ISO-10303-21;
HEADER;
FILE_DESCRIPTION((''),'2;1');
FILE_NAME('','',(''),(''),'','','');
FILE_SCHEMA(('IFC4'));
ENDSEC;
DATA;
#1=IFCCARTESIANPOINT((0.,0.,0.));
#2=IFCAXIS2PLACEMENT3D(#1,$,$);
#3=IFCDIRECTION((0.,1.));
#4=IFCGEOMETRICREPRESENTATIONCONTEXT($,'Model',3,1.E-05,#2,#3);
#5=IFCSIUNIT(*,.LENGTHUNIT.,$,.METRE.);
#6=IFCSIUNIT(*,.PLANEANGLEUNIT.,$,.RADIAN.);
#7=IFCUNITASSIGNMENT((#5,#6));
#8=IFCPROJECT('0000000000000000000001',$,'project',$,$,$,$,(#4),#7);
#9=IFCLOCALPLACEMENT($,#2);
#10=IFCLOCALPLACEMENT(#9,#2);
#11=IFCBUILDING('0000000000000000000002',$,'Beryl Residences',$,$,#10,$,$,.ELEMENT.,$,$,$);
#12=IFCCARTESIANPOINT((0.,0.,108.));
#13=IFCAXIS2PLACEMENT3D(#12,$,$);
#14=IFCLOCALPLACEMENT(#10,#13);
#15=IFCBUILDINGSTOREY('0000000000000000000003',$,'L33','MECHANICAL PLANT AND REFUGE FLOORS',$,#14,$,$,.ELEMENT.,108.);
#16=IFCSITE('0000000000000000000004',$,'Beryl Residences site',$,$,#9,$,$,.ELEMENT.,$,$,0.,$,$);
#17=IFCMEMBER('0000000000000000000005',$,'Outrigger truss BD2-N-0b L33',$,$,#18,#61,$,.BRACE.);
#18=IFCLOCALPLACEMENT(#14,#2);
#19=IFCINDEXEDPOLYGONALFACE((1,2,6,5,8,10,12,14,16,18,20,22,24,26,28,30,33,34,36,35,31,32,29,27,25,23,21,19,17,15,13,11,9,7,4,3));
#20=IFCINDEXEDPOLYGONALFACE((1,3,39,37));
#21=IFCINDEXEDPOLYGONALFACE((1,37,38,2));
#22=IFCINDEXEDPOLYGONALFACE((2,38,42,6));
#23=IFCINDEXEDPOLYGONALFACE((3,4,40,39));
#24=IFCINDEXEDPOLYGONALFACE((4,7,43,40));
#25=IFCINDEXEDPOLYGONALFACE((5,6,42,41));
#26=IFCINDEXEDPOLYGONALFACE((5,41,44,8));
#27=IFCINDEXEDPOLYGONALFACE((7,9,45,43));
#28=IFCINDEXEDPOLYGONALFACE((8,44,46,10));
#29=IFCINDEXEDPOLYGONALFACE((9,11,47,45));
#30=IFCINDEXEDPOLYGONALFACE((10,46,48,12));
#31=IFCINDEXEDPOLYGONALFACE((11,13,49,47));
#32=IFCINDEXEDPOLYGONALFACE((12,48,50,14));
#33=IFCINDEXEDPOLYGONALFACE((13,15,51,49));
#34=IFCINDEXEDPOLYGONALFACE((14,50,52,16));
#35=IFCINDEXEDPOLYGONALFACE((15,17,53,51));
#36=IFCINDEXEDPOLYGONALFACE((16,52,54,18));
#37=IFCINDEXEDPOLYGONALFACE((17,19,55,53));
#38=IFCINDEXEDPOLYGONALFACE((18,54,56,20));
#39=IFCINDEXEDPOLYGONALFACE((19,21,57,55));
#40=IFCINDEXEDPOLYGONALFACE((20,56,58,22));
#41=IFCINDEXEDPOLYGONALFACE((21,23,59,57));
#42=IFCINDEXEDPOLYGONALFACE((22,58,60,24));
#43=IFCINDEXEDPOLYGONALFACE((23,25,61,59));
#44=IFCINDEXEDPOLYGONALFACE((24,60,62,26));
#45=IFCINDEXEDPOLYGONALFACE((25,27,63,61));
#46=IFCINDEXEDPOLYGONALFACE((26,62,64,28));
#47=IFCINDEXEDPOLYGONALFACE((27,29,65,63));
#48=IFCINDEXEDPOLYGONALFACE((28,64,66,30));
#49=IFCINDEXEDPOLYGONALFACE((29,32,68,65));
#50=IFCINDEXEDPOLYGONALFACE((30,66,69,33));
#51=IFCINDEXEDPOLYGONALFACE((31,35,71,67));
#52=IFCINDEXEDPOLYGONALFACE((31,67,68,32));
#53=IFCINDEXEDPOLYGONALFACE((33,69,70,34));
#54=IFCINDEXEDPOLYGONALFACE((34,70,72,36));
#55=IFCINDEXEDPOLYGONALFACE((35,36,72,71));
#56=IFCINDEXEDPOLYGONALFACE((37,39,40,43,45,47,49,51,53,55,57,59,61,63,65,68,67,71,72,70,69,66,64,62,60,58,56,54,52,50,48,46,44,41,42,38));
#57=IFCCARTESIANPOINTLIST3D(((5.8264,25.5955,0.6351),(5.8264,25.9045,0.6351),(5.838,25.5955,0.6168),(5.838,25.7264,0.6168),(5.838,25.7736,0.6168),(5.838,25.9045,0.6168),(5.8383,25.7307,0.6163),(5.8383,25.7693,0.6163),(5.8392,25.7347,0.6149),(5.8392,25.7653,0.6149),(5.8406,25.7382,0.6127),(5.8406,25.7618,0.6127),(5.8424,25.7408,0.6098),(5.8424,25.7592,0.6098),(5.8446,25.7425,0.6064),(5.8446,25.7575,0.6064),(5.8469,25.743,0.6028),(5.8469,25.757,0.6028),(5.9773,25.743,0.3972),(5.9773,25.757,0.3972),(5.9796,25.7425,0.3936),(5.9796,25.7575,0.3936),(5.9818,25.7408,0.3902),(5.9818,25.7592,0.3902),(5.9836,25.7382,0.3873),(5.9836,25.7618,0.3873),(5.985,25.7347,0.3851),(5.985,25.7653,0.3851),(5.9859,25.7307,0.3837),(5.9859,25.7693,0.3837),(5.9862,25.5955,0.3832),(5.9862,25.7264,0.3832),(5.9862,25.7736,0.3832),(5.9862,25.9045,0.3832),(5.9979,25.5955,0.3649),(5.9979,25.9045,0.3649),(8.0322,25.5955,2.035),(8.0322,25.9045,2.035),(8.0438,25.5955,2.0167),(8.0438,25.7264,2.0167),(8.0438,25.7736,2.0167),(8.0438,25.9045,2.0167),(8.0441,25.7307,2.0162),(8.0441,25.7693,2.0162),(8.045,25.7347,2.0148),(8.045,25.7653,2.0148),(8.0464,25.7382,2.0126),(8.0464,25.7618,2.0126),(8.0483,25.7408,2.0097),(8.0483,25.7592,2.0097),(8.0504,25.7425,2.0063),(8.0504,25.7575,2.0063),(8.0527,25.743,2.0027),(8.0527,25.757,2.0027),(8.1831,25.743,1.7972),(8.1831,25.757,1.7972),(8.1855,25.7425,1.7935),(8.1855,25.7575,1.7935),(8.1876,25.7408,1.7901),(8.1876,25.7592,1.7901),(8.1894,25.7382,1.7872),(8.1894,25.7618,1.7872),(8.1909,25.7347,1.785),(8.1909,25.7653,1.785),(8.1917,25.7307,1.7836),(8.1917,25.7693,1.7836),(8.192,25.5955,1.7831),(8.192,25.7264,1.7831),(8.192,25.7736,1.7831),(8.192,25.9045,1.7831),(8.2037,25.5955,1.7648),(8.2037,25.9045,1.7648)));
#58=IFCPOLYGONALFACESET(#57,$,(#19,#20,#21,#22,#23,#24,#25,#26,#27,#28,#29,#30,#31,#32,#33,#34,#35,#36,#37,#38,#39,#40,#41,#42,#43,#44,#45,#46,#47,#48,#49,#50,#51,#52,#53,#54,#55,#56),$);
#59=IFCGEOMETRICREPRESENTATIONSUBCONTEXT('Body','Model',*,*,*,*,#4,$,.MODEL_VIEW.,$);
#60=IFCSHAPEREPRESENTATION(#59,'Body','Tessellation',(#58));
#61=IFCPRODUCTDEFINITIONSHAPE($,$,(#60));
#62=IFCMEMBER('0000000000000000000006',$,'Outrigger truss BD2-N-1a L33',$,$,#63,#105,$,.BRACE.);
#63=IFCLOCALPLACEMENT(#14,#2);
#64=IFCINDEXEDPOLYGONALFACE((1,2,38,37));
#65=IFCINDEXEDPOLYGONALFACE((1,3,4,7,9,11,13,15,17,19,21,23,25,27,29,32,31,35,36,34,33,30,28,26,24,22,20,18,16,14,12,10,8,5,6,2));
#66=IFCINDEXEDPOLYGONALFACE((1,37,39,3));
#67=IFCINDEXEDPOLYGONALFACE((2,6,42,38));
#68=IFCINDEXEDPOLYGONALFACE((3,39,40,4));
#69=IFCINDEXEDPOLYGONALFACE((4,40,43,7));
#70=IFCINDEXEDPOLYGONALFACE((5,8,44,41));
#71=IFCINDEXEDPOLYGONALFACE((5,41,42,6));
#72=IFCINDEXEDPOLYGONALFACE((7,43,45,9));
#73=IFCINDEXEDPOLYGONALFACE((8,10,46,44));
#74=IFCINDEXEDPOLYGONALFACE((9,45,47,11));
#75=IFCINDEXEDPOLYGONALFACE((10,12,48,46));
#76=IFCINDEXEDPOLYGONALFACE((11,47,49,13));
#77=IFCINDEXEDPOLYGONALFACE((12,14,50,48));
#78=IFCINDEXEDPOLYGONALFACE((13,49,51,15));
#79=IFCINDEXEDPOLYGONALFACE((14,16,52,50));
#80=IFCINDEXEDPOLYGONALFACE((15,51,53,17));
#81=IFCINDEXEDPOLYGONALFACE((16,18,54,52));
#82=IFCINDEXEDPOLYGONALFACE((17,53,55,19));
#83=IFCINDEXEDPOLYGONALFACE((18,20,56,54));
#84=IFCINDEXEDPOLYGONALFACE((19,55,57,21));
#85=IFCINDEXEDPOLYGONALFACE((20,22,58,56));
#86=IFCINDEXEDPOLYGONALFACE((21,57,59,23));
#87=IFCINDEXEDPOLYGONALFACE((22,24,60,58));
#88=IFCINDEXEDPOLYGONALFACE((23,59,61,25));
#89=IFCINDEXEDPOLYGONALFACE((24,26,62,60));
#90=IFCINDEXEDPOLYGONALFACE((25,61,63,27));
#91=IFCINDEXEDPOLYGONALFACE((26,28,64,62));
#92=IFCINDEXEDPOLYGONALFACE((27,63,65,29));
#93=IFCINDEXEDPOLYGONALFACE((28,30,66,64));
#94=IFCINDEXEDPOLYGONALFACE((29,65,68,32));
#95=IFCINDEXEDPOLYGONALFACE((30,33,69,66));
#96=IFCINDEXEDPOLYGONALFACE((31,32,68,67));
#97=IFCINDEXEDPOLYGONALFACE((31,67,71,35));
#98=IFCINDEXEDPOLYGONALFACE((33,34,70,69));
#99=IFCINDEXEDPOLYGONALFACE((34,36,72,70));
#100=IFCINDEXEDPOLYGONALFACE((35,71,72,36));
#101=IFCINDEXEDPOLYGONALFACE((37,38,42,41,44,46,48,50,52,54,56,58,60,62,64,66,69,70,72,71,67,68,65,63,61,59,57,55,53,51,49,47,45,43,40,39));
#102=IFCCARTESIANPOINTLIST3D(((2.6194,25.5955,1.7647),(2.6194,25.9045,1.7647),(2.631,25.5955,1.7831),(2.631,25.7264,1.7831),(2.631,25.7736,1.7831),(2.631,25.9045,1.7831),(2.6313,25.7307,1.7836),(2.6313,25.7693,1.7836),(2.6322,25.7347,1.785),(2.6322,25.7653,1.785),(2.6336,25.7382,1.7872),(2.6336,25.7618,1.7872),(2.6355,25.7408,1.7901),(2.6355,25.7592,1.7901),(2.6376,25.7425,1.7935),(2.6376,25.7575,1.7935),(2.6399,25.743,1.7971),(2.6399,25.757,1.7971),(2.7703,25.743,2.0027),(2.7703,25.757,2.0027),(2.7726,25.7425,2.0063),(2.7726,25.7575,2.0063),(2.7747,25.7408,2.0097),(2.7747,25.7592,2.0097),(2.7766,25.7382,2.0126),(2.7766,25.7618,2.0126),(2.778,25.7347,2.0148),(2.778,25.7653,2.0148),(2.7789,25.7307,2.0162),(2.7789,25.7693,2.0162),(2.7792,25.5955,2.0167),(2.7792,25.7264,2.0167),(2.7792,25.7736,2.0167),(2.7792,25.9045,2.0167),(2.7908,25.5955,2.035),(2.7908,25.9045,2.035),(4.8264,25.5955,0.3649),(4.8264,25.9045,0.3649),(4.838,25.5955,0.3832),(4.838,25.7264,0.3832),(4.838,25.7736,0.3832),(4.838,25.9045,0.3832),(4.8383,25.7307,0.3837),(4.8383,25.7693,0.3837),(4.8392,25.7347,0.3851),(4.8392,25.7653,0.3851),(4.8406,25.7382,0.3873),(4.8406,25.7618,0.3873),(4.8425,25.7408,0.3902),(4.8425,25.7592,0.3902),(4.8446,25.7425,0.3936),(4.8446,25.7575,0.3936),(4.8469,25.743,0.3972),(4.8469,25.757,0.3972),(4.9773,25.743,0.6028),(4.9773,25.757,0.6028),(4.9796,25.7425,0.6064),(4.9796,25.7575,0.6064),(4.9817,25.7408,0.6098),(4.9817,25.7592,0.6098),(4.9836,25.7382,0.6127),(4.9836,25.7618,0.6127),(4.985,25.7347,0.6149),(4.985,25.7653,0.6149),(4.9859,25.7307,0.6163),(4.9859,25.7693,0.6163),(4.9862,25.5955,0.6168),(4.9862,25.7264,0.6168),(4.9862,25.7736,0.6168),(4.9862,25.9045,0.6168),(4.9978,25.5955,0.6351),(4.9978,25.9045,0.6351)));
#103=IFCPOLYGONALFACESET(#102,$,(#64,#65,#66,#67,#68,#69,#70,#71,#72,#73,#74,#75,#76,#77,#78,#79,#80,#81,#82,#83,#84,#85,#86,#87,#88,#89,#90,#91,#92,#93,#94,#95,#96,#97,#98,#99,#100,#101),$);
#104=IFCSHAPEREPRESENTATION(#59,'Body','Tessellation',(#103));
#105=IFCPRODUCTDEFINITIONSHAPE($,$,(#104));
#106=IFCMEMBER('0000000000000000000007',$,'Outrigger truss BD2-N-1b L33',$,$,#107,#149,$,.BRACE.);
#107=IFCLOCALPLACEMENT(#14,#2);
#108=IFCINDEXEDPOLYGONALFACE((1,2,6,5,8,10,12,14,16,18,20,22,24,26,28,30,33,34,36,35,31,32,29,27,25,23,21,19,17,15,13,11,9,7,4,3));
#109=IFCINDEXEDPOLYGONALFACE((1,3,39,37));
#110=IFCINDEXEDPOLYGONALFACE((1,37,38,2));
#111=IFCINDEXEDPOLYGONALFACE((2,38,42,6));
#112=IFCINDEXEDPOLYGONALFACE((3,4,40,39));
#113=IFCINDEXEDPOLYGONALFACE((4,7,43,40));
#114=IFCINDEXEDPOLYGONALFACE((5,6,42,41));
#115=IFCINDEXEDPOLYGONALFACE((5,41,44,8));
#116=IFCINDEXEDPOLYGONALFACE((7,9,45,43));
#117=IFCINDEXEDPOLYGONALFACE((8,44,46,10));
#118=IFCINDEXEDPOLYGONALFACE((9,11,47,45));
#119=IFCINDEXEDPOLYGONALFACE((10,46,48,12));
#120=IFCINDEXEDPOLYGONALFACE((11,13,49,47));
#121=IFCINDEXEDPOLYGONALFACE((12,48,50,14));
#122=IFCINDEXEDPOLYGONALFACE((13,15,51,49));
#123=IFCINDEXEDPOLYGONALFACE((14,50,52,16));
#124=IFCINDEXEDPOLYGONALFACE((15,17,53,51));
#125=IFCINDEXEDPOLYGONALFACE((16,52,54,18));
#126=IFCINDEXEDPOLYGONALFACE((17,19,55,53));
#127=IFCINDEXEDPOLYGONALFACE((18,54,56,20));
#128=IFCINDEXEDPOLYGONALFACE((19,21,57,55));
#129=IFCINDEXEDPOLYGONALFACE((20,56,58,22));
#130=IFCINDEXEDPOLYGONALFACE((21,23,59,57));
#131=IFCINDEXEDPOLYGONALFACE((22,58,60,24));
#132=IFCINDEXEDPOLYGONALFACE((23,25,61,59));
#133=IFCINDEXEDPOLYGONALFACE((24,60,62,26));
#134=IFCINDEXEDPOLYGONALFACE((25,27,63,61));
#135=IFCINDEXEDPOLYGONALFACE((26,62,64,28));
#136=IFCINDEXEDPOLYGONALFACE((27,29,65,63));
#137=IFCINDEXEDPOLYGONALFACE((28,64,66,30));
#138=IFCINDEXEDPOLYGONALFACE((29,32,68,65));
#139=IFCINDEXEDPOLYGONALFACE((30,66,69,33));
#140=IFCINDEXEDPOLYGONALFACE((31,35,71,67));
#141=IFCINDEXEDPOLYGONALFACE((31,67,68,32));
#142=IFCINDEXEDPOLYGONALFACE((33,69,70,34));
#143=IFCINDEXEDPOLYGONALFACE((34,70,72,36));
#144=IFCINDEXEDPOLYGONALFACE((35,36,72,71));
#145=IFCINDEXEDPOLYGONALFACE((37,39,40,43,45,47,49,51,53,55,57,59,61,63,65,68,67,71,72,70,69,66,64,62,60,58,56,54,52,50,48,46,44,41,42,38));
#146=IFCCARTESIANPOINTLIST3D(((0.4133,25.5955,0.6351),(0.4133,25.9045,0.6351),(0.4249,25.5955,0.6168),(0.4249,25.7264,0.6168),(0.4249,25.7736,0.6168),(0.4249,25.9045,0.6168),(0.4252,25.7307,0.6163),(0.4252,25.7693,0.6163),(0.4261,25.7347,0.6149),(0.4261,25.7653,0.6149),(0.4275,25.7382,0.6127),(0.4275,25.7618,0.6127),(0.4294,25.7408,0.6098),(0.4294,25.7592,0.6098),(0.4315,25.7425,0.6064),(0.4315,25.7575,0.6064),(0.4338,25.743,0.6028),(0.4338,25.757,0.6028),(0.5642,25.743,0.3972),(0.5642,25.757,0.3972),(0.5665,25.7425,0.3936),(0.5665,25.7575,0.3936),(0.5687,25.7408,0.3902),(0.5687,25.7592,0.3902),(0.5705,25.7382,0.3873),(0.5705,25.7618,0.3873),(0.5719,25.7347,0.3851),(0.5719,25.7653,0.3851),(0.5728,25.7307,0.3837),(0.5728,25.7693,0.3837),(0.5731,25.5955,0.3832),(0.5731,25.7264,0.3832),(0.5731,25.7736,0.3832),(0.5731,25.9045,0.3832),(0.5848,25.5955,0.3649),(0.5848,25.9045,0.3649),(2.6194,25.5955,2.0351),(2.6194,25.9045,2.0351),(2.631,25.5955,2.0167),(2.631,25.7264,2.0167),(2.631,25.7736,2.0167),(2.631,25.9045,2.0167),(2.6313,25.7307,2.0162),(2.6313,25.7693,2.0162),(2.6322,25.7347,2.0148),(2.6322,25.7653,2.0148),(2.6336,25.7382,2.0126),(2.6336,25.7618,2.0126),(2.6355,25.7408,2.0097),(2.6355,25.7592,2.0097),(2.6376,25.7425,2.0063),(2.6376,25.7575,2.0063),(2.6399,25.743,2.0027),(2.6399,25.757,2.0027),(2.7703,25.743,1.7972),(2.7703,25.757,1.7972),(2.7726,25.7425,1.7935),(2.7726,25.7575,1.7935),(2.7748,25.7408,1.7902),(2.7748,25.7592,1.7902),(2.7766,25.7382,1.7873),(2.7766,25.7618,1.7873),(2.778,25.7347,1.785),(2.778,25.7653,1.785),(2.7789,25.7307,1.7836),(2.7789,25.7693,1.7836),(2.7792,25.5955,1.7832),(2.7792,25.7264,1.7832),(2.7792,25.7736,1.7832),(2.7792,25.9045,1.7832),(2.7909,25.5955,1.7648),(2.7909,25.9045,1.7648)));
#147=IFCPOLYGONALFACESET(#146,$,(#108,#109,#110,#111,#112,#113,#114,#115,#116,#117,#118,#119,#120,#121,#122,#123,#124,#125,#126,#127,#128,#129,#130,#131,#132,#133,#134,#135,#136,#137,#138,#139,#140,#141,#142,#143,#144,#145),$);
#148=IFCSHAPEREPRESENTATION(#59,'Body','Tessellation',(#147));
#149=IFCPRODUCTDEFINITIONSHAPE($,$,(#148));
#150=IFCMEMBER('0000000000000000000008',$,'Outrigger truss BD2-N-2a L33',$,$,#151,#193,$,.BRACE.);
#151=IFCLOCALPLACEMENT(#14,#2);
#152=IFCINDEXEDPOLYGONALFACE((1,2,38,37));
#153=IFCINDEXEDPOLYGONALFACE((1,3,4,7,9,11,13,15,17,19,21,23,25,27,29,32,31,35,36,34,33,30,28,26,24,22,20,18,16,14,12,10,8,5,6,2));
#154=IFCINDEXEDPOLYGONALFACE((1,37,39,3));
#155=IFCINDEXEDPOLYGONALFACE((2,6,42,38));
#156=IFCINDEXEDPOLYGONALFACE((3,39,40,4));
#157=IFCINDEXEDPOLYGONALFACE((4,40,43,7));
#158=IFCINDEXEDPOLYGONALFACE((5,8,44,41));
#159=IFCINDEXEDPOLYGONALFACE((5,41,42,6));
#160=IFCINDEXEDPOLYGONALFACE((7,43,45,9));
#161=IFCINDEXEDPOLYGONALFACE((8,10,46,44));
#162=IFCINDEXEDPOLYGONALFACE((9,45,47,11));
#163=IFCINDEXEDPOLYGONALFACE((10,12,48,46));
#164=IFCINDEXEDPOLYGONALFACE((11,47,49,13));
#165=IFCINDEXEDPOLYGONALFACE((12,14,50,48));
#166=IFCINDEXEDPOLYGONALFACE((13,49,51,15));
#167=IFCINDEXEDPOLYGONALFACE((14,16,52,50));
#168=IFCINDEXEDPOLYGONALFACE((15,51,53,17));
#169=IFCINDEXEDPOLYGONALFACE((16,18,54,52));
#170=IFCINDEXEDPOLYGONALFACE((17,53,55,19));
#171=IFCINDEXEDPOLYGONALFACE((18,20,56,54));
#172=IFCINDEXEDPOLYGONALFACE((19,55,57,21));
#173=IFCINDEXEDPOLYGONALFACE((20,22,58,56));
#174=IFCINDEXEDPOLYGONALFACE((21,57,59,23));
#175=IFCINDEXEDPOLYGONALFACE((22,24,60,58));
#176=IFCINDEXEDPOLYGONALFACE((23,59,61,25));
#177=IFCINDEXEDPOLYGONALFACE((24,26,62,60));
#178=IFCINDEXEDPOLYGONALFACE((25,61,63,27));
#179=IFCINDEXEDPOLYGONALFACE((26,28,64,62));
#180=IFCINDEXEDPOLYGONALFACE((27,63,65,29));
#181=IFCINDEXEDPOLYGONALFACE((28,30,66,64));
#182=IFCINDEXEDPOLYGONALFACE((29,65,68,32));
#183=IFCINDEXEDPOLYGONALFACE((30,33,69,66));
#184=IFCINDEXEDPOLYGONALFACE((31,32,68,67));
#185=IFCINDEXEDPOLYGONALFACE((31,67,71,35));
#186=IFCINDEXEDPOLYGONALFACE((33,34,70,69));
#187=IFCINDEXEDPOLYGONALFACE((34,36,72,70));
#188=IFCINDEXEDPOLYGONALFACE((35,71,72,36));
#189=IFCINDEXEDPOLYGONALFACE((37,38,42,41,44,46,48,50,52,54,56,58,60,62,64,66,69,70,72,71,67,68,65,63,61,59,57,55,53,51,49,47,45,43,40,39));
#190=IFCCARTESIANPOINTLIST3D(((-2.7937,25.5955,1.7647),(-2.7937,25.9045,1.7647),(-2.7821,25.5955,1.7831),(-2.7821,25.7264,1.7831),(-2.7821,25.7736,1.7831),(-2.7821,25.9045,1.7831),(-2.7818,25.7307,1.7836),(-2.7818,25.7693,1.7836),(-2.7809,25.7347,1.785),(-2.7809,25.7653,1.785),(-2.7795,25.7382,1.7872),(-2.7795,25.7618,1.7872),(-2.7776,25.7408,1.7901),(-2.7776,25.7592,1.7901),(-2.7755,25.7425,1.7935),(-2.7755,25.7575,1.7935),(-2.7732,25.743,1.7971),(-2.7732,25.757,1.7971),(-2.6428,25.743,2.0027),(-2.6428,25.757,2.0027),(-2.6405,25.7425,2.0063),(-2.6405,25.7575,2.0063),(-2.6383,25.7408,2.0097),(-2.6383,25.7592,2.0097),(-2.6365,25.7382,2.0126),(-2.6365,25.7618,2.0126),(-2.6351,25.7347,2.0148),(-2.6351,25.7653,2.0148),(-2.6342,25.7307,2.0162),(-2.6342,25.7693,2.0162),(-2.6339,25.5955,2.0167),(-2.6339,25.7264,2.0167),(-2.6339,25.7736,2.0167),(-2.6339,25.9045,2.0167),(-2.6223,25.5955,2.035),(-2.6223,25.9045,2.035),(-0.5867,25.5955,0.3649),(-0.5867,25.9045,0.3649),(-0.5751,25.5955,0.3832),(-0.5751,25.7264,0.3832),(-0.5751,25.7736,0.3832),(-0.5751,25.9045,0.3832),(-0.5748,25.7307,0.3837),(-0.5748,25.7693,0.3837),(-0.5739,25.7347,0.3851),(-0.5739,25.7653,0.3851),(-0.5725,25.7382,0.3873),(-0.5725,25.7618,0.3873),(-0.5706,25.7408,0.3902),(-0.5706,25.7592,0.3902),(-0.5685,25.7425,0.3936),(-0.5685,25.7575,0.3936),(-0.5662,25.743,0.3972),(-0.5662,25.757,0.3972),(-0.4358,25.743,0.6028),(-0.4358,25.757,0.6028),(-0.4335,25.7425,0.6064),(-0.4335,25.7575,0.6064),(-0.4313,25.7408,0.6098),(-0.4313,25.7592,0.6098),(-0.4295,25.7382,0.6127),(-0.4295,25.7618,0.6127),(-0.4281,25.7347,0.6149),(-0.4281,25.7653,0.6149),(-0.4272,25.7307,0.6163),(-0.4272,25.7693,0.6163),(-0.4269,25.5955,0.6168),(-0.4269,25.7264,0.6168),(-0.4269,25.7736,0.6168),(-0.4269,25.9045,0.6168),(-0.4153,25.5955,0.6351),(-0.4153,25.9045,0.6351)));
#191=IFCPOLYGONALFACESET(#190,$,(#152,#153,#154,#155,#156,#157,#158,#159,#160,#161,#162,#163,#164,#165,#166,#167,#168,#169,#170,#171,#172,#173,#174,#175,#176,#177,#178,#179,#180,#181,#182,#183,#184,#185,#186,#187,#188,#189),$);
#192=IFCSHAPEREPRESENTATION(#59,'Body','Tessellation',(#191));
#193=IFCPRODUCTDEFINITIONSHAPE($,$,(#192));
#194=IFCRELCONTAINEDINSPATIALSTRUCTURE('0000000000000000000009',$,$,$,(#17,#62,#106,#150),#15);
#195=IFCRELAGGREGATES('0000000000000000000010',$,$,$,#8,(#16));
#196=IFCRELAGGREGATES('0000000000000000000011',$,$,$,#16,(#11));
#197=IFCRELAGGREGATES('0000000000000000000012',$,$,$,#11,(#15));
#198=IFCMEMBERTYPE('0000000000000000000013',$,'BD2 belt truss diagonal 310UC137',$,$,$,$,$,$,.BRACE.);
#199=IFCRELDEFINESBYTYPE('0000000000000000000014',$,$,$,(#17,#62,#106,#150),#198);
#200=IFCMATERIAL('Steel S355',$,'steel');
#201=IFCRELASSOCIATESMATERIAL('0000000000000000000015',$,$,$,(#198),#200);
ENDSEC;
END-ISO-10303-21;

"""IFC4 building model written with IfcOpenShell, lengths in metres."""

from ifc_helpers import new_model, si_unit, direction, frame, origin, origin_2d, place, context, subcontext, project, spatial, i_section, extrude, material, material_profile, profile_set, type_object, element, save


model = new_model("IFC4")

# Units and contexts
model_context = context("Model", 3, precision=1e-05, world=origin(), true_north=direction((0.0, 1.0)))
body_context = subcontext(model_context, "Body", "Model", "MODEL_VIEW")
ifc_project = project(units=[si_unit("LENGTHUNIT", "METRE"), si_unit("PLANEANGLEUNIT", "RADIAN")], contexts=[model_context])

# Site, building, storey
site_placement = place(None, origin())
site = spatial("IfcSite", under=ifc_project, at=site_placement, Name="Beryl Residences site", CompositionType="ELEMENT", RefElevation=0.0)
building_placement = place(site_placement, origin())
building = spatial("IfcBuilding", under=site, at=building_placement, Name="Beryl Residences", CompositionType="ELEMENT")
storey_placement = place(building_placement, frame((0.0, 0.0, 108.0)))
storey = spatial("IfcBuildingStorey", under=building, at=storey_placement, Name="L33", Description="MECHANICAL PLANT AND REFUGE FLOORS", CompositionType="ELEMENT", Elevation=108.0)

# Members
ifc_material_1 = material(Name="Steel S355", Category="steel")
ifc_material_profile_1 = material_profile(ifc_material_1, i_section(OverallWidth=0.3091, OverallDepth=0.3201, WebThickness=0.0139, FlangeThickness=0.0217, FilletRadius=0.0166, at=origin_2d()))
ifc_profile_set_1 = profile_set([ifc_material_profile_1], Name="Steel S355")
member_type_1 = type_object("IfcMemberType", Name="BD2 belt truss diagonal 310UC137", PredefinedType="BRACE", material=ifc_profile_set_1)
member_1_placement = place(storey_placement, frame((5.9121, 25.75, 0.5), z_axis=(0.844319, 0.0, 0.535841), x_axis=(0.0, 1.0, 0.0)))
element("IfcMember", 1, at=member_1_placement, inside=storey, type_object=member_type_1, Name="Outrigger truss BD2-N-0b L33", PredefinedType="BRACE", context=body_context, shape_type="SweptSolid", body=[
    extrude(i_section(OverallWidth=0.3091, OverallDepth=0.3201, WebThickness=0.0139, FlangeThickness=0.0217, FilletRadius=0.0166, at=origin_2d()), origin(), (0.0, 0.0, 1.0), 2.6125),
])
member_2_placement = place(storey_placement, frame((4.9121, 25.75, 0.5), z_axis=(-0.844453, 0.0, 0.53563), x_axis=(0.0, -1.0, 0.0)))
element("IfcMember", 2, at=member_2_placement, inside=storey, type_object=member_type_1, Name="Outrigger truss BD2-N-1a L33", PredefinedType="BRACE", context=body_context, shape_type="SweptSolid", body=[
    extrude(i_section(OverallWidth=0.3091, OverallDepth=0.3201, WebThickness=0.0139, FlangeThickness=0.0217, FilletRadius=0.0166, at=origin_2d()), origin(), (0.0, 0.0, 1.0), 2.6135),
])
member_3_placement = place(storey_placement, frame((0.499, 25.75, 0.5), z_axis=(0.844346, 0.0, 0.535799), x_axis=(0.0, 1.0, 0.0)))
element("IfcMember", 3, at=member_3_placement, inside=storey, type_object=member_type_1, Name="Outrigger truss BD2-N-1b L33", PredefinedType="BRACE", context=body_context, shape_type="SweptSolid", body=[
    extrude(i_section(OverallWidth=0.3091, OverallDepth=0.3201, WebThickness=0.0139, FlangeThickness=0.0217, FilletRadius=0.0166, at=origin_2d()), origin(), (0.0, 0.0, 1.0), 2.6128),
])
member_4_placement = place(storey_placement, frame((-0.501, 25.75, 0.5), z_axis=(-0.844453, 0.0, 0.53563), x_axis=(0.0, -1.0, 0.0)))
element("IfcMember", 4, at=member_4_placement, inside=storey, type_object=member_type_1, Name="Outrigger truss BD2-N-2a L33", PredefinedType="BRACE", context=body_context, shape_type="SweptSolid", body=[
    extrude(i_section(OverallWidth=0.3091, OverallDepth=0.3201, WebThickness=0.0139, FlangeThickness=0.0217, FilletRadius=0.0166, at=origin_2d()), origin(), (0.0, 0.0, 1.0), 2.6135),
])

save(model, "model.ifc")
